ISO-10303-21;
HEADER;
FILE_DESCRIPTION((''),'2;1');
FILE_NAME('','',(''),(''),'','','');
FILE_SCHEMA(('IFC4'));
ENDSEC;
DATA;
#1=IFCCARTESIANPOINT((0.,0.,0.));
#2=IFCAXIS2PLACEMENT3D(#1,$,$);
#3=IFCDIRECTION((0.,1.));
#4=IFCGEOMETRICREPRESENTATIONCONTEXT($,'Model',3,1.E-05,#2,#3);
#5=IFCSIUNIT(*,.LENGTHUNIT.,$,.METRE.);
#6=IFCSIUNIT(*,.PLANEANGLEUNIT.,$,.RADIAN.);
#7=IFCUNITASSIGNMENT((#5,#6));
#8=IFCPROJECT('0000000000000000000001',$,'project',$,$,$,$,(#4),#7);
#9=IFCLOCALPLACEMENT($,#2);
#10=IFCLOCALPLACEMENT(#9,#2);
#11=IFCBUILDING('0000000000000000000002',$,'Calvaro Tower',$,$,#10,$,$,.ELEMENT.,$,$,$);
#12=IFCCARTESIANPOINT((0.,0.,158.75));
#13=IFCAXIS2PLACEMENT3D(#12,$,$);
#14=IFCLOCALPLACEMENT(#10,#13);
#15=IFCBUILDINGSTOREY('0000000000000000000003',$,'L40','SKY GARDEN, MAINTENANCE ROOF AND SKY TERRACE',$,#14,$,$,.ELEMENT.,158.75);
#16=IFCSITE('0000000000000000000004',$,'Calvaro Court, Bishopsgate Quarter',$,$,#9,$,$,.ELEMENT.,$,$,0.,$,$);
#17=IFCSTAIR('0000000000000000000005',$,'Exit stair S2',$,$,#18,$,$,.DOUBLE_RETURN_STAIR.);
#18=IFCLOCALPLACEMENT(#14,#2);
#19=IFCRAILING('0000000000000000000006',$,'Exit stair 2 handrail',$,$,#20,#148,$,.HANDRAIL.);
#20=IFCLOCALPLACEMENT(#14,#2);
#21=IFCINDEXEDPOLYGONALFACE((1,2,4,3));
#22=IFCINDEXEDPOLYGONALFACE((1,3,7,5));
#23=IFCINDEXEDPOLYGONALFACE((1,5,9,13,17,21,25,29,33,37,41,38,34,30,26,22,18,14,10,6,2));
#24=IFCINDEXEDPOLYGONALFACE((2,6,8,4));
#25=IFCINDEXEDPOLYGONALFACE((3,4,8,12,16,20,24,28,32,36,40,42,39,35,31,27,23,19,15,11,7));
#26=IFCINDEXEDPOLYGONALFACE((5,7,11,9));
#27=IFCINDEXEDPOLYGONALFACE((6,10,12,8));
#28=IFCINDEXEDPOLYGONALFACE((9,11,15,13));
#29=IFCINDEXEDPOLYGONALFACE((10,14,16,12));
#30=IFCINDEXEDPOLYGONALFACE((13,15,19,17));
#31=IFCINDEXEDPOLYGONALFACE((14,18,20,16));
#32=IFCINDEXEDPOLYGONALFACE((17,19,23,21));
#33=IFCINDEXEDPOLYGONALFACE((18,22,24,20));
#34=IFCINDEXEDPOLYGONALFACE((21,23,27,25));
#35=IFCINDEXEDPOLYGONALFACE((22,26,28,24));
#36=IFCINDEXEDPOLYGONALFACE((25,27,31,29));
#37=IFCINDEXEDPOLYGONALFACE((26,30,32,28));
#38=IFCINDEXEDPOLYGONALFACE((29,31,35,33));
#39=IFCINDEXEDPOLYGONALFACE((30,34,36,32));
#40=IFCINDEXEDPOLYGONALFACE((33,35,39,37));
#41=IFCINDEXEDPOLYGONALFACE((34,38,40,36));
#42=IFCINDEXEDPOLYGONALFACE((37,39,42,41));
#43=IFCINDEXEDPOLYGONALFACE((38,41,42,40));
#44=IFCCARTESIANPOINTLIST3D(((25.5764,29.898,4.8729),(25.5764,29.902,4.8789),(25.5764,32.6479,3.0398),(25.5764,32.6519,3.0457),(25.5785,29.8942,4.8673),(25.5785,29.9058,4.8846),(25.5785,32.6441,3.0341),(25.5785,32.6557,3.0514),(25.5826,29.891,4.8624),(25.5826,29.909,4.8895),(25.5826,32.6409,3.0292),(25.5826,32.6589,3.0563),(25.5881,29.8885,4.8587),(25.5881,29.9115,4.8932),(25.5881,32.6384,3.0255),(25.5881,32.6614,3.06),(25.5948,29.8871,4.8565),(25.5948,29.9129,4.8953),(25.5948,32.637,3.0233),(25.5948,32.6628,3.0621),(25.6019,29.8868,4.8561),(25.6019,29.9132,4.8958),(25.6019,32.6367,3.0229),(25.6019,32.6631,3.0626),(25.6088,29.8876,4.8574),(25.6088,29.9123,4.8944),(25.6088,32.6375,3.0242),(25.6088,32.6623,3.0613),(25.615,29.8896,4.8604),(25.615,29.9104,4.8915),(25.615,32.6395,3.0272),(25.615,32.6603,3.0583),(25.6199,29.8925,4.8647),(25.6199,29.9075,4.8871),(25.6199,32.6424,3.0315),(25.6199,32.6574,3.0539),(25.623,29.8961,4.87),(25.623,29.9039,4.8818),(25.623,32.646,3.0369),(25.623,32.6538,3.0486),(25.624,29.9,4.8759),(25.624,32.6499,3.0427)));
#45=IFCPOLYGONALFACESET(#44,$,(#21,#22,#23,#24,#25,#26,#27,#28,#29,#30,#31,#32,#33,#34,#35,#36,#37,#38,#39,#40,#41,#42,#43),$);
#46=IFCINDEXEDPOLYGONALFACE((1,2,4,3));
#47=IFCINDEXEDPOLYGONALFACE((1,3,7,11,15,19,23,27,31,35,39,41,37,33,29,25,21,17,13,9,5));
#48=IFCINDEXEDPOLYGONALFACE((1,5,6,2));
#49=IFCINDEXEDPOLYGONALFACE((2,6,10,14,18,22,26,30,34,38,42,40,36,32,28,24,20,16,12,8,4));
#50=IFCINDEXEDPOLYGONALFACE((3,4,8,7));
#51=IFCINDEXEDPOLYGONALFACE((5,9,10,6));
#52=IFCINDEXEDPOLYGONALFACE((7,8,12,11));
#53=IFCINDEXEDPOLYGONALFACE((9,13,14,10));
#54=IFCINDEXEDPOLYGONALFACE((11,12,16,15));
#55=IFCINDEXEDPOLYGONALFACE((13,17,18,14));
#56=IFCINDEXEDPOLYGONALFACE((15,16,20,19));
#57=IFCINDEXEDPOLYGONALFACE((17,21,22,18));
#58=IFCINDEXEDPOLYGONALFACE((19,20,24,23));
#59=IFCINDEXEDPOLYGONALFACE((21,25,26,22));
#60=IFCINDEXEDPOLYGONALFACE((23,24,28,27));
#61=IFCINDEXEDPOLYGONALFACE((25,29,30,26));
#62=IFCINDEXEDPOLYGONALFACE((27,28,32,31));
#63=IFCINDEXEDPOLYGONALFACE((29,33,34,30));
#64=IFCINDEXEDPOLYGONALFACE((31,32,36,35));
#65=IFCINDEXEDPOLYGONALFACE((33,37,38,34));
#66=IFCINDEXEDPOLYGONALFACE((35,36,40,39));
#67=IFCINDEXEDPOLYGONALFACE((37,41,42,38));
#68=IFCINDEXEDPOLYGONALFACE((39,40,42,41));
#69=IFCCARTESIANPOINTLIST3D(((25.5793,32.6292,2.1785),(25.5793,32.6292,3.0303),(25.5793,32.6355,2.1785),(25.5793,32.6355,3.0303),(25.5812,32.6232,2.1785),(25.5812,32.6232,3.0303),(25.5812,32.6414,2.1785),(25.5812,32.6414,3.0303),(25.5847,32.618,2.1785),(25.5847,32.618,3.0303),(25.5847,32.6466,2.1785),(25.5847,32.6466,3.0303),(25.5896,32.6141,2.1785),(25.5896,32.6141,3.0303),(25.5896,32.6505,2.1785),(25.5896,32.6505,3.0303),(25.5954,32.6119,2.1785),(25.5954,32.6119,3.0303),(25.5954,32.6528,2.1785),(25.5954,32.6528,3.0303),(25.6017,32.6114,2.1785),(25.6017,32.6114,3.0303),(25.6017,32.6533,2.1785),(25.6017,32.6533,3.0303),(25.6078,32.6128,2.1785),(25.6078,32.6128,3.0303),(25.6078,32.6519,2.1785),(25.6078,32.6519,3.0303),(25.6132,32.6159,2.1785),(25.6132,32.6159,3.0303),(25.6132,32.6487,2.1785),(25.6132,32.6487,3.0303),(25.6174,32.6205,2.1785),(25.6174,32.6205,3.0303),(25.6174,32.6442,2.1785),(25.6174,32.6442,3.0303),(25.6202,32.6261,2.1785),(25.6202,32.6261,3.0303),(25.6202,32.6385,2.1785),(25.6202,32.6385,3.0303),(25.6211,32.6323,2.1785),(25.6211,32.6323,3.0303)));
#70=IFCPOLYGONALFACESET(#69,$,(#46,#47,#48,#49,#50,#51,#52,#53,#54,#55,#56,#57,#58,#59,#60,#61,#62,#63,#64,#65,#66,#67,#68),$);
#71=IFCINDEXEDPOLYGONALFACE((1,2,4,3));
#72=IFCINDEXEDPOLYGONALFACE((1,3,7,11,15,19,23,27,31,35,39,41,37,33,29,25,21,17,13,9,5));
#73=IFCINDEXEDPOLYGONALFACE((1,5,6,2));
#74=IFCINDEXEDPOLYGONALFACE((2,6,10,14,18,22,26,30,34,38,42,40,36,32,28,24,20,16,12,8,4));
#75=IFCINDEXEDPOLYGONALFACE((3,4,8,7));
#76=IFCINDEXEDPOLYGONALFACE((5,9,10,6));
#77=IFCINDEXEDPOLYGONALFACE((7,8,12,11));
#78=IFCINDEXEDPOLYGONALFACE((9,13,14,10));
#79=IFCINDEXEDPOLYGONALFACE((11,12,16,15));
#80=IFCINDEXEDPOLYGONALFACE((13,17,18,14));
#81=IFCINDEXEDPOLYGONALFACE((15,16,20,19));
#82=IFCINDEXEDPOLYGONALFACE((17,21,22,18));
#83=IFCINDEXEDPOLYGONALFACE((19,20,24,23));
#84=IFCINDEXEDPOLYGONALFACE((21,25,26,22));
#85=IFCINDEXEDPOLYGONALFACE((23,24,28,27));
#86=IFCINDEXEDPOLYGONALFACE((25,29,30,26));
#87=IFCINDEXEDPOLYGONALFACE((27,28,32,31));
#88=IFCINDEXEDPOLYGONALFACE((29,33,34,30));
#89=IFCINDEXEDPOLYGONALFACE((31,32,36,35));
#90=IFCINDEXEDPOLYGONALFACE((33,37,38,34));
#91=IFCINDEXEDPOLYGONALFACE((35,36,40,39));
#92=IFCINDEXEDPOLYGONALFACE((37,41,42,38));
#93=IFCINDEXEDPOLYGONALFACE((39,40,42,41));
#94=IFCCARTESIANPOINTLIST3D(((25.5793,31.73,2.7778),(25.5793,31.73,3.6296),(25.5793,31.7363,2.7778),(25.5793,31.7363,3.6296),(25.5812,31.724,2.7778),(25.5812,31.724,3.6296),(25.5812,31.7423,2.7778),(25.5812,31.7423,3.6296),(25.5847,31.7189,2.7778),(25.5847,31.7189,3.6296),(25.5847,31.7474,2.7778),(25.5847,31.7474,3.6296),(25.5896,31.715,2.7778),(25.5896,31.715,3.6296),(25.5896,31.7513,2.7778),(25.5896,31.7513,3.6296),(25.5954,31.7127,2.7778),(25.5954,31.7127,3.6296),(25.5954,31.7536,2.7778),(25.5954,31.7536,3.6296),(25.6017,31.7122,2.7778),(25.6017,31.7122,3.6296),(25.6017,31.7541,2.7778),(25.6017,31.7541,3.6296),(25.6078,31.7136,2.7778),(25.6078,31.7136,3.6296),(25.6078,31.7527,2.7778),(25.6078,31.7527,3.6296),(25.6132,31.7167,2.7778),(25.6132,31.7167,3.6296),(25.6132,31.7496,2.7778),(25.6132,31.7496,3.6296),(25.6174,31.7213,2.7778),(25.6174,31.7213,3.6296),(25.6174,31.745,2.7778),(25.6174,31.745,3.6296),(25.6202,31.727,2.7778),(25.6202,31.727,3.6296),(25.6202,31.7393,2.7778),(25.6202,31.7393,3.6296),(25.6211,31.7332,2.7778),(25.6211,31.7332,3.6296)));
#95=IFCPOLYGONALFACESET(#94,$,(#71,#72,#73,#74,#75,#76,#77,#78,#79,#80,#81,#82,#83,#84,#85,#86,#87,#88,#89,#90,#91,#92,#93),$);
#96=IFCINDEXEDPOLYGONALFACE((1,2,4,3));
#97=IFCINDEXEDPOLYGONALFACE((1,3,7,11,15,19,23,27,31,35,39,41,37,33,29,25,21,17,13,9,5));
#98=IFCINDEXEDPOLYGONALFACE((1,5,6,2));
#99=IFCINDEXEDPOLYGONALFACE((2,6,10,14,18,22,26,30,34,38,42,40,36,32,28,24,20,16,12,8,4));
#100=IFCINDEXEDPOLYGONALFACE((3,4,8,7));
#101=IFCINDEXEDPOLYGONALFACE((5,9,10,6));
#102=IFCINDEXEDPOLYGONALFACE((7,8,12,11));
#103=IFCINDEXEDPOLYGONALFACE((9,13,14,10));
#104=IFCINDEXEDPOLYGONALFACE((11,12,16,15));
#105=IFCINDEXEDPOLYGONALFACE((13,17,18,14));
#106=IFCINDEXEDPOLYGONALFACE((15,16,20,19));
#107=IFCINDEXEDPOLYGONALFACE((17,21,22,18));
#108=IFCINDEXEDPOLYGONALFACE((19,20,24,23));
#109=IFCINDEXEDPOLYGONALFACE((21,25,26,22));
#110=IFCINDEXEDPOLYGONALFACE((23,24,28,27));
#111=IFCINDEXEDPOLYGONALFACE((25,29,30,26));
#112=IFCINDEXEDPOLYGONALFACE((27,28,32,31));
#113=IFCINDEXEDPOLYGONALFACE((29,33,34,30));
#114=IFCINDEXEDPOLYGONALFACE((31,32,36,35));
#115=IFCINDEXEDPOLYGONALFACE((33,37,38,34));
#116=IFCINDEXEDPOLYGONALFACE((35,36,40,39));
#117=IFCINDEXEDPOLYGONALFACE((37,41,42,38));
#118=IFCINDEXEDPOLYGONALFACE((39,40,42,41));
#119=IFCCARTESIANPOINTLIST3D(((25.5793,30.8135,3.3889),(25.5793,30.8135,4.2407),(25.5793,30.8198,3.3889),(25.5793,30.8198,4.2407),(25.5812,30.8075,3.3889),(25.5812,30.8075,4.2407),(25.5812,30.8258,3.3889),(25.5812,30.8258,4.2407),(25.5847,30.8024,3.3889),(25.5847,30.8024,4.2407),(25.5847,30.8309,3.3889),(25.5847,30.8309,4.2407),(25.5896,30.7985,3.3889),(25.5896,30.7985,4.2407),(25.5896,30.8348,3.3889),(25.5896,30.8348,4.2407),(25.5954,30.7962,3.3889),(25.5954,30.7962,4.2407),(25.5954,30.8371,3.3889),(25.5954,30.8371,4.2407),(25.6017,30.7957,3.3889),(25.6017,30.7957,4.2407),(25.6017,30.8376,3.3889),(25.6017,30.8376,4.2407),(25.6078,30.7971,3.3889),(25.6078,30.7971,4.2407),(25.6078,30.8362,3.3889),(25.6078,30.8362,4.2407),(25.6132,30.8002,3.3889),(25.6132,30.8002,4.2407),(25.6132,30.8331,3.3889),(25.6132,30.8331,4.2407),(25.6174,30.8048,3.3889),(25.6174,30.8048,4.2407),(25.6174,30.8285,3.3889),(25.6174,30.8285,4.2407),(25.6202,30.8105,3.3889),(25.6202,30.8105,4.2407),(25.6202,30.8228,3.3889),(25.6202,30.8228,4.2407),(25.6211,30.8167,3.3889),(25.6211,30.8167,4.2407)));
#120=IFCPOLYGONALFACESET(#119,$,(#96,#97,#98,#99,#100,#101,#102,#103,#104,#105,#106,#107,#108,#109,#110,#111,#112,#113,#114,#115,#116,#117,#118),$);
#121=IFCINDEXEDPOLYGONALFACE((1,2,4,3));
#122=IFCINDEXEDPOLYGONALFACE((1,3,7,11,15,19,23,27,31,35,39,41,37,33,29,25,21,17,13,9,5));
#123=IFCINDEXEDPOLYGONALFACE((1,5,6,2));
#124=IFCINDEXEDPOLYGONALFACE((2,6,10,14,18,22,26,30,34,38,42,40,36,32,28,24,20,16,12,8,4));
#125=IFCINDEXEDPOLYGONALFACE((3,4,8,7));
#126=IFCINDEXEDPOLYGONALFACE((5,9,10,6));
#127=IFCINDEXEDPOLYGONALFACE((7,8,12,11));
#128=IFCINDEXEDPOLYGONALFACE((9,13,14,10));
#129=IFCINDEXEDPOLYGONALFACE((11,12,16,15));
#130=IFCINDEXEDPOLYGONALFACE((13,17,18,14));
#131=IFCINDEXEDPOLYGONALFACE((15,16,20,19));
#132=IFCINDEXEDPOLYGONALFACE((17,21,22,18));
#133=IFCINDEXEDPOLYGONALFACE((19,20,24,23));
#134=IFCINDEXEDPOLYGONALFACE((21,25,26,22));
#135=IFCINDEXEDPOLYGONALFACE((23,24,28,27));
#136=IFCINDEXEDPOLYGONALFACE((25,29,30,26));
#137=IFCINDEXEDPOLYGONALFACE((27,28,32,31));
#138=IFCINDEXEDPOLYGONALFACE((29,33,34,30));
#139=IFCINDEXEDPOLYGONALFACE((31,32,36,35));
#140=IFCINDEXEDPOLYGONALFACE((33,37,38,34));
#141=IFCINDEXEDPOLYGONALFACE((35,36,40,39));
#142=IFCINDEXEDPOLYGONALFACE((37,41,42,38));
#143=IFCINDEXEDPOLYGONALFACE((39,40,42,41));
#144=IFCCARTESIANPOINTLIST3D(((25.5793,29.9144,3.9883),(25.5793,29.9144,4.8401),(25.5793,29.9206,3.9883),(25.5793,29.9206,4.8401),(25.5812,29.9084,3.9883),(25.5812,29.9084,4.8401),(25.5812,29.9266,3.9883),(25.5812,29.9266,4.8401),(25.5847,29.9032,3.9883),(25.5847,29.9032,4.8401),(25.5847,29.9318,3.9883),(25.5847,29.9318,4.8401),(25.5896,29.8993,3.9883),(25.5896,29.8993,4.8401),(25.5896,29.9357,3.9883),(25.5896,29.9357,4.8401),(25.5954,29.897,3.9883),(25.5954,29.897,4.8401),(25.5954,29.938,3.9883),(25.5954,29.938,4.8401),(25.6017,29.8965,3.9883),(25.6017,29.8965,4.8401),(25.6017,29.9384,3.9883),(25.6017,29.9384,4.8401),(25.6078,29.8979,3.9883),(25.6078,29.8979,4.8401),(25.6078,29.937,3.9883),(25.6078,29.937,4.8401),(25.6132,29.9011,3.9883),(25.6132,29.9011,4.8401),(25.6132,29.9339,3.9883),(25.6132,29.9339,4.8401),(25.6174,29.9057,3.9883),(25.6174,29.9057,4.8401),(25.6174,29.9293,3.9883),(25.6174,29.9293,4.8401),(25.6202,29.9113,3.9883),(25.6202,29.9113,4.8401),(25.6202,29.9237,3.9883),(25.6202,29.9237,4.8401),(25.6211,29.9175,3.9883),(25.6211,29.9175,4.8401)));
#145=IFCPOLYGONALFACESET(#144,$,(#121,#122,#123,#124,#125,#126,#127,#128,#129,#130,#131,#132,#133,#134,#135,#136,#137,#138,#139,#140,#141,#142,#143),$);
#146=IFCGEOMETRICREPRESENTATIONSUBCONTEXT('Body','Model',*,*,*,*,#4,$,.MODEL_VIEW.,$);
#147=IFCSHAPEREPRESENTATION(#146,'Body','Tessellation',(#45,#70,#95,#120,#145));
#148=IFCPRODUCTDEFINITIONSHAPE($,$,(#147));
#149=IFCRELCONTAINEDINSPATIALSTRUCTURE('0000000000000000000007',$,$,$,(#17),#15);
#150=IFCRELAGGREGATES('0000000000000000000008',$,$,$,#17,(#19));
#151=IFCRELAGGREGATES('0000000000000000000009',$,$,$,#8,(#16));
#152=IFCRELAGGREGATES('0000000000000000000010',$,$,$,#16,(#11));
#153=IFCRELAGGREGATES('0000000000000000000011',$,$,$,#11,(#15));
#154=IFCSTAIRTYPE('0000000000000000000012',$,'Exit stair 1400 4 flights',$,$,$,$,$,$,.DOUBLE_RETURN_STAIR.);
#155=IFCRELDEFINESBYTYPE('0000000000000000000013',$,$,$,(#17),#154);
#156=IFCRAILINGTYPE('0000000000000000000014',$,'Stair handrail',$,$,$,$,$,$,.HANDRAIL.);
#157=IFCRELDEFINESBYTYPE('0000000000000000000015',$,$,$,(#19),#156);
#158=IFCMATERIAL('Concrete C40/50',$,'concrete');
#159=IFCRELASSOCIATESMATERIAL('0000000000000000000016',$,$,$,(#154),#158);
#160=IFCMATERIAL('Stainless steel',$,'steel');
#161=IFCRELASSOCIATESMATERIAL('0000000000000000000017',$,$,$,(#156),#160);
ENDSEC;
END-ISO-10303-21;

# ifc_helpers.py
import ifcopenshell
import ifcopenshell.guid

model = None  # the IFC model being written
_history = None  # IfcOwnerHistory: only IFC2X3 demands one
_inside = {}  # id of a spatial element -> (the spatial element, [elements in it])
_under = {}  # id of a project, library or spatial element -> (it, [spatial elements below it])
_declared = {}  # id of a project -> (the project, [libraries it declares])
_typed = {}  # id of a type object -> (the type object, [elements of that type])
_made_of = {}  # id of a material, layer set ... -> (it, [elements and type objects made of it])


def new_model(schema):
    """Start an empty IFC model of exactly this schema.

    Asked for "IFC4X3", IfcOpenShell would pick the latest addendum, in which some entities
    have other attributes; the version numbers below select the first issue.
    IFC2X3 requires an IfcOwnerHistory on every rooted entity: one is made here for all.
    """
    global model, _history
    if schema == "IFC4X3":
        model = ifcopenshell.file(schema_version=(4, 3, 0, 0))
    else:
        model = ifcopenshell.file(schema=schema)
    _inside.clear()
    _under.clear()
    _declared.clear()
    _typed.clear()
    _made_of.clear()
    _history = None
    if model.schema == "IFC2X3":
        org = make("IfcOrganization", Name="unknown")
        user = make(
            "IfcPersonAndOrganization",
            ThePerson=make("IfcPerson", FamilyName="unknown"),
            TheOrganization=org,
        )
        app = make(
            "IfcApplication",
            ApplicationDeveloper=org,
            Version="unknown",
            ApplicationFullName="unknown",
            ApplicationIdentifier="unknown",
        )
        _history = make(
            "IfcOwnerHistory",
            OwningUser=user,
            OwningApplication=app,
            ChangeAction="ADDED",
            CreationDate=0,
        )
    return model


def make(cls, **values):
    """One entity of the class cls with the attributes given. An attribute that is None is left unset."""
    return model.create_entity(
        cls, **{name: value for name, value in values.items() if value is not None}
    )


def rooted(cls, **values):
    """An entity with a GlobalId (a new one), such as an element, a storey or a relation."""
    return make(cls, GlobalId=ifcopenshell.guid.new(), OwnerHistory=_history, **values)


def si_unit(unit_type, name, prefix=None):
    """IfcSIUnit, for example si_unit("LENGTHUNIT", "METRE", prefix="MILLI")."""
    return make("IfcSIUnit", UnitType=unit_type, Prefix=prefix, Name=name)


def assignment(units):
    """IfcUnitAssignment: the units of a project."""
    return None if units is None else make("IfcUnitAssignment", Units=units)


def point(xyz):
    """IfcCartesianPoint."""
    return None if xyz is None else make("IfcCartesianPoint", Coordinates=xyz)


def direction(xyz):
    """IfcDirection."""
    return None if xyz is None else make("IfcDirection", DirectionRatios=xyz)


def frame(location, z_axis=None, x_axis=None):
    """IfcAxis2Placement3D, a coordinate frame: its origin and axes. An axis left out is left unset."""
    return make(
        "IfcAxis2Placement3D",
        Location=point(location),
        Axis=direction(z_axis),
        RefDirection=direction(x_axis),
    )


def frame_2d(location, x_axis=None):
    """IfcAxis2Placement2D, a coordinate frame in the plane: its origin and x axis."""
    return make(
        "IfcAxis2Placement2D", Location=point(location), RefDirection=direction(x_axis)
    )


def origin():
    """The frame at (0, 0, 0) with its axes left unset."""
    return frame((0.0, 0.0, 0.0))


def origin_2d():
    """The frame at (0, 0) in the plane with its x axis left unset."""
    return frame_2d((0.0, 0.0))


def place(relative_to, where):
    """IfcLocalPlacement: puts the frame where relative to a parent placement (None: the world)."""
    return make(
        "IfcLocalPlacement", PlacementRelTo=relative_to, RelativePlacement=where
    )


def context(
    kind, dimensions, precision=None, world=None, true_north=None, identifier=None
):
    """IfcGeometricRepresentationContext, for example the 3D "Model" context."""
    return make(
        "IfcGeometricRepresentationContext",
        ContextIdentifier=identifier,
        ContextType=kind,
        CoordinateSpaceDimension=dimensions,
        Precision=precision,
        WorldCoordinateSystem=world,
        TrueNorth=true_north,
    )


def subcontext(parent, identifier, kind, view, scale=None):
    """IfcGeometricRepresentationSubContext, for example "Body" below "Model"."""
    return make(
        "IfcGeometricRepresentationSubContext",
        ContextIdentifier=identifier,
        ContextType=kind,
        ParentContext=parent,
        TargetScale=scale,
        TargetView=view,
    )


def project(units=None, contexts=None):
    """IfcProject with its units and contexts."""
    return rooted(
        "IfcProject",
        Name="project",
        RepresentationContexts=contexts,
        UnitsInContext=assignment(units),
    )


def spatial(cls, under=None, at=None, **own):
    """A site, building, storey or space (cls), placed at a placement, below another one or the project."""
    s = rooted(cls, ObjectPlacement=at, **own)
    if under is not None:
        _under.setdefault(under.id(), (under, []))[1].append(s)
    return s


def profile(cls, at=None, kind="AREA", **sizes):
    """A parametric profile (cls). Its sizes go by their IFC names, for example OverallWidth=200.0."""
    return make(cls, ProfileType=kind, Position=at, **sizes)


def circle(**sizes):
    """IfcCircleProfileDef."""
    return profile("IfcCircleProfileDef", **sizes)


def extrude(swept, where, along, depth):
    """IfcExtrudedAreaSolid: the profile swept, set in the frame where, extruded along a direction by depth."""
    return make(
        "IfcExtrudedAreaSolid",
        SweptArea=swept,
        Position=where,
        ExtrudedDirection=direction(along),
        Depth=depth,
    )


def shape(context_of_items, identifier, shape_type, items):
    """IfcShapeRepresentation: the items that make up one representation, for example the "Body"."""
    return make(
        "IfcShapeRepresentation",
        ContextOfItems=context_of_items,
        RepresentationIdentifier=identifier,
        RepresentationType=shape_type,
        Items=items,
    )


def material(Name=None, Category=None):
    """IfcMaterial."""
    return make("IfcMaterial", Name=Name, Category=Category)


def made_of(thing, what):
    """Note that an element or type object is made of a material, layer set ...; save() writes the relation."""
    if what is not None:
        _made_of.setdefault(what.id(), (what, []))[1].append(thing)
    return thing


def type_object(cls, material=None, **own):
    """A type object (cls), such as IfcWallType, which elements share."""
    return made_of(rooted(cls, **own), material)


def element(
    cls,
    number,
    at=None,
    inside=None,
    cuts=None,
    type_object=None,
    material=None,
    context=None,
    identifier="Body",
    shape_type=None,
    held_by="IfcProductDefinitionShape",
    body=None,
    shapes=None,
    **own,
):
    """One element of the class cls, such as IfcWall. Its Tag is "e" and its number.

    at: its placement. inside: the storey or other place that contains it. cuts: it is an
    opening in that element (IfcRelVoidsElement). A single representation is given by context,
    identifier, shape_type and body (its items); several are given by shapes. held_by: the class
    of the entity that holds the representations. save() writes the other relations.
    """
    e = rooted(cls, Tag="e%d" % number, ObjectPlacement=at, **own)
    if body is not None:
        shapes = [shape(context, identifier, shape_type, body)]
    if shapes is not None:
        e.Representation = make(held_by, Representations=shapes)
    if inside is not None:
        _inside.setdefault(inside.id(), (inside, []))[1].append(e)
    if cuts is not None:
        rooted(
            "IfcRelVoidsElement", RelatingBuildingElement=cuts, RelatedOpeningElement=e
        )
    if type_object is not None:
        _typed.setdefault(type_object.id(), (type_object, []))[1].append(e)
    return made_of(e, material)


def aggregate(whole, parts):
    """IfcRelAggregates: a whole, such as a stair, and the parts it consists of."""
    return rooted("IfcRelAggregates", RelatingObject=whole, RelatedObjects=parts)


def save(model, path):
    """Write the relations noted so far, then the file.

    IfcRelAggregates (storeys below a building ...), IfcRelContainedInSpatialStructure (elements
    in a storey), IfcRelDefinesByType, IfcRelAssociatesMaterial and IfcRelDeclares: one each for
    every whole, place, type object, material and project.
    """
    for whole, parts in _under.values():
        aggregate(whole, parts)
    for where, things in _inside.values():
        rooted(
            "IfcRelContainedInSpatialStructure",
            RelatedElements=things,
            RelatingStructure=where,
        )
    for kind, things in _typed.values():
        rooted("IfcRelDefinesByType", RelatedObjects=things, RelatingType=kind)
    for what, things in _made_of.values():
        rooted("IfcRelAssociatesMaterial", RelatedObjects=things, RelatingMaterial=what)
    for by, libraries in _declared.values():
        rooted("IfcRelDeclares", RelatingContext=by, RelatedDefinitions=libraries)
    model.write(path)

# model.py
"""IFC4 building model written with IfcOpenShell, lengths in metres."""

from ifc_helpers import new_model, si_unit, direction, frame, origin, origin_2d, place, context, subcontext, project, spatial, circle, extrude, material, type_object, element, aggregate, save


model = new_model("IFC4")

# Units and contexts
model_context = context("Model", 3, precision=1e-05, world=origin(), true_north=direction((0.0, 1.0)))
body_context = subcontext(model_context, "Body", "Model", "MODEL_VIEW")
ifc_project = project(units=[si_unit("LENGTHUNIT", "METRE"), si_unit("PLANEANGLEUNIT", "RADIAN")], contexts=[model_context])

# Site, building, storey
site_placement = place(None, origin())
site = spatial("IfcSite", under=ifc_project, at=site_placement, Name="Calvaro Court, Bishopsgate Quarter", CompositionType="ELEMENT", RefElevation=0.0)
building_placement = place(site_placement, origin())
building = spatial("IfcBuilding", under=site, at=building_placement, Name="Calvaro Tower", CompositionType="ELEMENT")
storey_placement = place(building_placement, frame((0.0, 0.0, 158.75)))
storey = spatial("IfcBuildingStorey", under=building, at=storey_placement, Name="L40", Description="SKY GARDEN, MAINTENANCE ROOF AND SKY TERRACE", CompositionType="ELEMENT", Elevation=158.75)

# Stair, railing
ifc_material_1 = material(Name="Concrete C40/50", Category="concrete")
stair_type = type_object("IfcStairType", Name="Exit stair 1400 4 flights", PredefinedType="DOUBLE_RETURN_STAIR", material=ifc_material_1)
stair_placement = place(storey_placement, origin())
stair = element("IfcStair", 1, at=stair_placement, inside=storey, type_object=stair_type, Name="Exit stair S2", PredefinedType="DOUBLE_RETURN_STAIR")
ifc_material_2 = material(Name="Stainless steel", Category="steel")
railing_type = type_object("IfcRailingType", Name="Stair handrail", PredefinedType="HANDRAIL", material=ifc_material_2)
railing_1_placement = place(storey_placement, frame((25.6001, 32.6499, 2.1667)))
railing_1 = element("IfcRailing", 2, at=railing_1_placement, type_object=railing_type, Name="Exit stair 2 handrail", PredefinedType="HANDRAIL", context=body_context, shape_type="SweptSolid", body=[
    extrude(circle(Radius=0.0239, at=origin_2d()), frame((0.0, 0.0, 0.876), z_axis=(0.0, -0.832062, 0.554683), x_axis=(1.0, 0.0, 0.0)), (0.0, 0.0, 1.0), 3.3049),
    extrude(circle(Radius=0.021, at=origin_2d()), frame((0.0, -0.0176, 0.0117)), (0.0, 0.0, 1.0), 0.8518),
    extrude(circle(Radius=0.021, at=origin_2d()), frame((0.0, -0.9167, 0.6111)), (0.0, 0.0, 1.0), 0.8518),
    extrude(circle(Radius=0.021, at=origin_2d()), frame((0.0, -1.8333, 1.2222)), (0.0, 0.0, 1.0), 0.8518),
    extrude(circle(Radius=0.021, at=origin_2d()), frame((0.0, -2.7324, 1.8215)), (0.0, 0.0, 1.0), 0.8518),
])
aggregate(stair, [railing_1])

save(model, "model.ifc")
